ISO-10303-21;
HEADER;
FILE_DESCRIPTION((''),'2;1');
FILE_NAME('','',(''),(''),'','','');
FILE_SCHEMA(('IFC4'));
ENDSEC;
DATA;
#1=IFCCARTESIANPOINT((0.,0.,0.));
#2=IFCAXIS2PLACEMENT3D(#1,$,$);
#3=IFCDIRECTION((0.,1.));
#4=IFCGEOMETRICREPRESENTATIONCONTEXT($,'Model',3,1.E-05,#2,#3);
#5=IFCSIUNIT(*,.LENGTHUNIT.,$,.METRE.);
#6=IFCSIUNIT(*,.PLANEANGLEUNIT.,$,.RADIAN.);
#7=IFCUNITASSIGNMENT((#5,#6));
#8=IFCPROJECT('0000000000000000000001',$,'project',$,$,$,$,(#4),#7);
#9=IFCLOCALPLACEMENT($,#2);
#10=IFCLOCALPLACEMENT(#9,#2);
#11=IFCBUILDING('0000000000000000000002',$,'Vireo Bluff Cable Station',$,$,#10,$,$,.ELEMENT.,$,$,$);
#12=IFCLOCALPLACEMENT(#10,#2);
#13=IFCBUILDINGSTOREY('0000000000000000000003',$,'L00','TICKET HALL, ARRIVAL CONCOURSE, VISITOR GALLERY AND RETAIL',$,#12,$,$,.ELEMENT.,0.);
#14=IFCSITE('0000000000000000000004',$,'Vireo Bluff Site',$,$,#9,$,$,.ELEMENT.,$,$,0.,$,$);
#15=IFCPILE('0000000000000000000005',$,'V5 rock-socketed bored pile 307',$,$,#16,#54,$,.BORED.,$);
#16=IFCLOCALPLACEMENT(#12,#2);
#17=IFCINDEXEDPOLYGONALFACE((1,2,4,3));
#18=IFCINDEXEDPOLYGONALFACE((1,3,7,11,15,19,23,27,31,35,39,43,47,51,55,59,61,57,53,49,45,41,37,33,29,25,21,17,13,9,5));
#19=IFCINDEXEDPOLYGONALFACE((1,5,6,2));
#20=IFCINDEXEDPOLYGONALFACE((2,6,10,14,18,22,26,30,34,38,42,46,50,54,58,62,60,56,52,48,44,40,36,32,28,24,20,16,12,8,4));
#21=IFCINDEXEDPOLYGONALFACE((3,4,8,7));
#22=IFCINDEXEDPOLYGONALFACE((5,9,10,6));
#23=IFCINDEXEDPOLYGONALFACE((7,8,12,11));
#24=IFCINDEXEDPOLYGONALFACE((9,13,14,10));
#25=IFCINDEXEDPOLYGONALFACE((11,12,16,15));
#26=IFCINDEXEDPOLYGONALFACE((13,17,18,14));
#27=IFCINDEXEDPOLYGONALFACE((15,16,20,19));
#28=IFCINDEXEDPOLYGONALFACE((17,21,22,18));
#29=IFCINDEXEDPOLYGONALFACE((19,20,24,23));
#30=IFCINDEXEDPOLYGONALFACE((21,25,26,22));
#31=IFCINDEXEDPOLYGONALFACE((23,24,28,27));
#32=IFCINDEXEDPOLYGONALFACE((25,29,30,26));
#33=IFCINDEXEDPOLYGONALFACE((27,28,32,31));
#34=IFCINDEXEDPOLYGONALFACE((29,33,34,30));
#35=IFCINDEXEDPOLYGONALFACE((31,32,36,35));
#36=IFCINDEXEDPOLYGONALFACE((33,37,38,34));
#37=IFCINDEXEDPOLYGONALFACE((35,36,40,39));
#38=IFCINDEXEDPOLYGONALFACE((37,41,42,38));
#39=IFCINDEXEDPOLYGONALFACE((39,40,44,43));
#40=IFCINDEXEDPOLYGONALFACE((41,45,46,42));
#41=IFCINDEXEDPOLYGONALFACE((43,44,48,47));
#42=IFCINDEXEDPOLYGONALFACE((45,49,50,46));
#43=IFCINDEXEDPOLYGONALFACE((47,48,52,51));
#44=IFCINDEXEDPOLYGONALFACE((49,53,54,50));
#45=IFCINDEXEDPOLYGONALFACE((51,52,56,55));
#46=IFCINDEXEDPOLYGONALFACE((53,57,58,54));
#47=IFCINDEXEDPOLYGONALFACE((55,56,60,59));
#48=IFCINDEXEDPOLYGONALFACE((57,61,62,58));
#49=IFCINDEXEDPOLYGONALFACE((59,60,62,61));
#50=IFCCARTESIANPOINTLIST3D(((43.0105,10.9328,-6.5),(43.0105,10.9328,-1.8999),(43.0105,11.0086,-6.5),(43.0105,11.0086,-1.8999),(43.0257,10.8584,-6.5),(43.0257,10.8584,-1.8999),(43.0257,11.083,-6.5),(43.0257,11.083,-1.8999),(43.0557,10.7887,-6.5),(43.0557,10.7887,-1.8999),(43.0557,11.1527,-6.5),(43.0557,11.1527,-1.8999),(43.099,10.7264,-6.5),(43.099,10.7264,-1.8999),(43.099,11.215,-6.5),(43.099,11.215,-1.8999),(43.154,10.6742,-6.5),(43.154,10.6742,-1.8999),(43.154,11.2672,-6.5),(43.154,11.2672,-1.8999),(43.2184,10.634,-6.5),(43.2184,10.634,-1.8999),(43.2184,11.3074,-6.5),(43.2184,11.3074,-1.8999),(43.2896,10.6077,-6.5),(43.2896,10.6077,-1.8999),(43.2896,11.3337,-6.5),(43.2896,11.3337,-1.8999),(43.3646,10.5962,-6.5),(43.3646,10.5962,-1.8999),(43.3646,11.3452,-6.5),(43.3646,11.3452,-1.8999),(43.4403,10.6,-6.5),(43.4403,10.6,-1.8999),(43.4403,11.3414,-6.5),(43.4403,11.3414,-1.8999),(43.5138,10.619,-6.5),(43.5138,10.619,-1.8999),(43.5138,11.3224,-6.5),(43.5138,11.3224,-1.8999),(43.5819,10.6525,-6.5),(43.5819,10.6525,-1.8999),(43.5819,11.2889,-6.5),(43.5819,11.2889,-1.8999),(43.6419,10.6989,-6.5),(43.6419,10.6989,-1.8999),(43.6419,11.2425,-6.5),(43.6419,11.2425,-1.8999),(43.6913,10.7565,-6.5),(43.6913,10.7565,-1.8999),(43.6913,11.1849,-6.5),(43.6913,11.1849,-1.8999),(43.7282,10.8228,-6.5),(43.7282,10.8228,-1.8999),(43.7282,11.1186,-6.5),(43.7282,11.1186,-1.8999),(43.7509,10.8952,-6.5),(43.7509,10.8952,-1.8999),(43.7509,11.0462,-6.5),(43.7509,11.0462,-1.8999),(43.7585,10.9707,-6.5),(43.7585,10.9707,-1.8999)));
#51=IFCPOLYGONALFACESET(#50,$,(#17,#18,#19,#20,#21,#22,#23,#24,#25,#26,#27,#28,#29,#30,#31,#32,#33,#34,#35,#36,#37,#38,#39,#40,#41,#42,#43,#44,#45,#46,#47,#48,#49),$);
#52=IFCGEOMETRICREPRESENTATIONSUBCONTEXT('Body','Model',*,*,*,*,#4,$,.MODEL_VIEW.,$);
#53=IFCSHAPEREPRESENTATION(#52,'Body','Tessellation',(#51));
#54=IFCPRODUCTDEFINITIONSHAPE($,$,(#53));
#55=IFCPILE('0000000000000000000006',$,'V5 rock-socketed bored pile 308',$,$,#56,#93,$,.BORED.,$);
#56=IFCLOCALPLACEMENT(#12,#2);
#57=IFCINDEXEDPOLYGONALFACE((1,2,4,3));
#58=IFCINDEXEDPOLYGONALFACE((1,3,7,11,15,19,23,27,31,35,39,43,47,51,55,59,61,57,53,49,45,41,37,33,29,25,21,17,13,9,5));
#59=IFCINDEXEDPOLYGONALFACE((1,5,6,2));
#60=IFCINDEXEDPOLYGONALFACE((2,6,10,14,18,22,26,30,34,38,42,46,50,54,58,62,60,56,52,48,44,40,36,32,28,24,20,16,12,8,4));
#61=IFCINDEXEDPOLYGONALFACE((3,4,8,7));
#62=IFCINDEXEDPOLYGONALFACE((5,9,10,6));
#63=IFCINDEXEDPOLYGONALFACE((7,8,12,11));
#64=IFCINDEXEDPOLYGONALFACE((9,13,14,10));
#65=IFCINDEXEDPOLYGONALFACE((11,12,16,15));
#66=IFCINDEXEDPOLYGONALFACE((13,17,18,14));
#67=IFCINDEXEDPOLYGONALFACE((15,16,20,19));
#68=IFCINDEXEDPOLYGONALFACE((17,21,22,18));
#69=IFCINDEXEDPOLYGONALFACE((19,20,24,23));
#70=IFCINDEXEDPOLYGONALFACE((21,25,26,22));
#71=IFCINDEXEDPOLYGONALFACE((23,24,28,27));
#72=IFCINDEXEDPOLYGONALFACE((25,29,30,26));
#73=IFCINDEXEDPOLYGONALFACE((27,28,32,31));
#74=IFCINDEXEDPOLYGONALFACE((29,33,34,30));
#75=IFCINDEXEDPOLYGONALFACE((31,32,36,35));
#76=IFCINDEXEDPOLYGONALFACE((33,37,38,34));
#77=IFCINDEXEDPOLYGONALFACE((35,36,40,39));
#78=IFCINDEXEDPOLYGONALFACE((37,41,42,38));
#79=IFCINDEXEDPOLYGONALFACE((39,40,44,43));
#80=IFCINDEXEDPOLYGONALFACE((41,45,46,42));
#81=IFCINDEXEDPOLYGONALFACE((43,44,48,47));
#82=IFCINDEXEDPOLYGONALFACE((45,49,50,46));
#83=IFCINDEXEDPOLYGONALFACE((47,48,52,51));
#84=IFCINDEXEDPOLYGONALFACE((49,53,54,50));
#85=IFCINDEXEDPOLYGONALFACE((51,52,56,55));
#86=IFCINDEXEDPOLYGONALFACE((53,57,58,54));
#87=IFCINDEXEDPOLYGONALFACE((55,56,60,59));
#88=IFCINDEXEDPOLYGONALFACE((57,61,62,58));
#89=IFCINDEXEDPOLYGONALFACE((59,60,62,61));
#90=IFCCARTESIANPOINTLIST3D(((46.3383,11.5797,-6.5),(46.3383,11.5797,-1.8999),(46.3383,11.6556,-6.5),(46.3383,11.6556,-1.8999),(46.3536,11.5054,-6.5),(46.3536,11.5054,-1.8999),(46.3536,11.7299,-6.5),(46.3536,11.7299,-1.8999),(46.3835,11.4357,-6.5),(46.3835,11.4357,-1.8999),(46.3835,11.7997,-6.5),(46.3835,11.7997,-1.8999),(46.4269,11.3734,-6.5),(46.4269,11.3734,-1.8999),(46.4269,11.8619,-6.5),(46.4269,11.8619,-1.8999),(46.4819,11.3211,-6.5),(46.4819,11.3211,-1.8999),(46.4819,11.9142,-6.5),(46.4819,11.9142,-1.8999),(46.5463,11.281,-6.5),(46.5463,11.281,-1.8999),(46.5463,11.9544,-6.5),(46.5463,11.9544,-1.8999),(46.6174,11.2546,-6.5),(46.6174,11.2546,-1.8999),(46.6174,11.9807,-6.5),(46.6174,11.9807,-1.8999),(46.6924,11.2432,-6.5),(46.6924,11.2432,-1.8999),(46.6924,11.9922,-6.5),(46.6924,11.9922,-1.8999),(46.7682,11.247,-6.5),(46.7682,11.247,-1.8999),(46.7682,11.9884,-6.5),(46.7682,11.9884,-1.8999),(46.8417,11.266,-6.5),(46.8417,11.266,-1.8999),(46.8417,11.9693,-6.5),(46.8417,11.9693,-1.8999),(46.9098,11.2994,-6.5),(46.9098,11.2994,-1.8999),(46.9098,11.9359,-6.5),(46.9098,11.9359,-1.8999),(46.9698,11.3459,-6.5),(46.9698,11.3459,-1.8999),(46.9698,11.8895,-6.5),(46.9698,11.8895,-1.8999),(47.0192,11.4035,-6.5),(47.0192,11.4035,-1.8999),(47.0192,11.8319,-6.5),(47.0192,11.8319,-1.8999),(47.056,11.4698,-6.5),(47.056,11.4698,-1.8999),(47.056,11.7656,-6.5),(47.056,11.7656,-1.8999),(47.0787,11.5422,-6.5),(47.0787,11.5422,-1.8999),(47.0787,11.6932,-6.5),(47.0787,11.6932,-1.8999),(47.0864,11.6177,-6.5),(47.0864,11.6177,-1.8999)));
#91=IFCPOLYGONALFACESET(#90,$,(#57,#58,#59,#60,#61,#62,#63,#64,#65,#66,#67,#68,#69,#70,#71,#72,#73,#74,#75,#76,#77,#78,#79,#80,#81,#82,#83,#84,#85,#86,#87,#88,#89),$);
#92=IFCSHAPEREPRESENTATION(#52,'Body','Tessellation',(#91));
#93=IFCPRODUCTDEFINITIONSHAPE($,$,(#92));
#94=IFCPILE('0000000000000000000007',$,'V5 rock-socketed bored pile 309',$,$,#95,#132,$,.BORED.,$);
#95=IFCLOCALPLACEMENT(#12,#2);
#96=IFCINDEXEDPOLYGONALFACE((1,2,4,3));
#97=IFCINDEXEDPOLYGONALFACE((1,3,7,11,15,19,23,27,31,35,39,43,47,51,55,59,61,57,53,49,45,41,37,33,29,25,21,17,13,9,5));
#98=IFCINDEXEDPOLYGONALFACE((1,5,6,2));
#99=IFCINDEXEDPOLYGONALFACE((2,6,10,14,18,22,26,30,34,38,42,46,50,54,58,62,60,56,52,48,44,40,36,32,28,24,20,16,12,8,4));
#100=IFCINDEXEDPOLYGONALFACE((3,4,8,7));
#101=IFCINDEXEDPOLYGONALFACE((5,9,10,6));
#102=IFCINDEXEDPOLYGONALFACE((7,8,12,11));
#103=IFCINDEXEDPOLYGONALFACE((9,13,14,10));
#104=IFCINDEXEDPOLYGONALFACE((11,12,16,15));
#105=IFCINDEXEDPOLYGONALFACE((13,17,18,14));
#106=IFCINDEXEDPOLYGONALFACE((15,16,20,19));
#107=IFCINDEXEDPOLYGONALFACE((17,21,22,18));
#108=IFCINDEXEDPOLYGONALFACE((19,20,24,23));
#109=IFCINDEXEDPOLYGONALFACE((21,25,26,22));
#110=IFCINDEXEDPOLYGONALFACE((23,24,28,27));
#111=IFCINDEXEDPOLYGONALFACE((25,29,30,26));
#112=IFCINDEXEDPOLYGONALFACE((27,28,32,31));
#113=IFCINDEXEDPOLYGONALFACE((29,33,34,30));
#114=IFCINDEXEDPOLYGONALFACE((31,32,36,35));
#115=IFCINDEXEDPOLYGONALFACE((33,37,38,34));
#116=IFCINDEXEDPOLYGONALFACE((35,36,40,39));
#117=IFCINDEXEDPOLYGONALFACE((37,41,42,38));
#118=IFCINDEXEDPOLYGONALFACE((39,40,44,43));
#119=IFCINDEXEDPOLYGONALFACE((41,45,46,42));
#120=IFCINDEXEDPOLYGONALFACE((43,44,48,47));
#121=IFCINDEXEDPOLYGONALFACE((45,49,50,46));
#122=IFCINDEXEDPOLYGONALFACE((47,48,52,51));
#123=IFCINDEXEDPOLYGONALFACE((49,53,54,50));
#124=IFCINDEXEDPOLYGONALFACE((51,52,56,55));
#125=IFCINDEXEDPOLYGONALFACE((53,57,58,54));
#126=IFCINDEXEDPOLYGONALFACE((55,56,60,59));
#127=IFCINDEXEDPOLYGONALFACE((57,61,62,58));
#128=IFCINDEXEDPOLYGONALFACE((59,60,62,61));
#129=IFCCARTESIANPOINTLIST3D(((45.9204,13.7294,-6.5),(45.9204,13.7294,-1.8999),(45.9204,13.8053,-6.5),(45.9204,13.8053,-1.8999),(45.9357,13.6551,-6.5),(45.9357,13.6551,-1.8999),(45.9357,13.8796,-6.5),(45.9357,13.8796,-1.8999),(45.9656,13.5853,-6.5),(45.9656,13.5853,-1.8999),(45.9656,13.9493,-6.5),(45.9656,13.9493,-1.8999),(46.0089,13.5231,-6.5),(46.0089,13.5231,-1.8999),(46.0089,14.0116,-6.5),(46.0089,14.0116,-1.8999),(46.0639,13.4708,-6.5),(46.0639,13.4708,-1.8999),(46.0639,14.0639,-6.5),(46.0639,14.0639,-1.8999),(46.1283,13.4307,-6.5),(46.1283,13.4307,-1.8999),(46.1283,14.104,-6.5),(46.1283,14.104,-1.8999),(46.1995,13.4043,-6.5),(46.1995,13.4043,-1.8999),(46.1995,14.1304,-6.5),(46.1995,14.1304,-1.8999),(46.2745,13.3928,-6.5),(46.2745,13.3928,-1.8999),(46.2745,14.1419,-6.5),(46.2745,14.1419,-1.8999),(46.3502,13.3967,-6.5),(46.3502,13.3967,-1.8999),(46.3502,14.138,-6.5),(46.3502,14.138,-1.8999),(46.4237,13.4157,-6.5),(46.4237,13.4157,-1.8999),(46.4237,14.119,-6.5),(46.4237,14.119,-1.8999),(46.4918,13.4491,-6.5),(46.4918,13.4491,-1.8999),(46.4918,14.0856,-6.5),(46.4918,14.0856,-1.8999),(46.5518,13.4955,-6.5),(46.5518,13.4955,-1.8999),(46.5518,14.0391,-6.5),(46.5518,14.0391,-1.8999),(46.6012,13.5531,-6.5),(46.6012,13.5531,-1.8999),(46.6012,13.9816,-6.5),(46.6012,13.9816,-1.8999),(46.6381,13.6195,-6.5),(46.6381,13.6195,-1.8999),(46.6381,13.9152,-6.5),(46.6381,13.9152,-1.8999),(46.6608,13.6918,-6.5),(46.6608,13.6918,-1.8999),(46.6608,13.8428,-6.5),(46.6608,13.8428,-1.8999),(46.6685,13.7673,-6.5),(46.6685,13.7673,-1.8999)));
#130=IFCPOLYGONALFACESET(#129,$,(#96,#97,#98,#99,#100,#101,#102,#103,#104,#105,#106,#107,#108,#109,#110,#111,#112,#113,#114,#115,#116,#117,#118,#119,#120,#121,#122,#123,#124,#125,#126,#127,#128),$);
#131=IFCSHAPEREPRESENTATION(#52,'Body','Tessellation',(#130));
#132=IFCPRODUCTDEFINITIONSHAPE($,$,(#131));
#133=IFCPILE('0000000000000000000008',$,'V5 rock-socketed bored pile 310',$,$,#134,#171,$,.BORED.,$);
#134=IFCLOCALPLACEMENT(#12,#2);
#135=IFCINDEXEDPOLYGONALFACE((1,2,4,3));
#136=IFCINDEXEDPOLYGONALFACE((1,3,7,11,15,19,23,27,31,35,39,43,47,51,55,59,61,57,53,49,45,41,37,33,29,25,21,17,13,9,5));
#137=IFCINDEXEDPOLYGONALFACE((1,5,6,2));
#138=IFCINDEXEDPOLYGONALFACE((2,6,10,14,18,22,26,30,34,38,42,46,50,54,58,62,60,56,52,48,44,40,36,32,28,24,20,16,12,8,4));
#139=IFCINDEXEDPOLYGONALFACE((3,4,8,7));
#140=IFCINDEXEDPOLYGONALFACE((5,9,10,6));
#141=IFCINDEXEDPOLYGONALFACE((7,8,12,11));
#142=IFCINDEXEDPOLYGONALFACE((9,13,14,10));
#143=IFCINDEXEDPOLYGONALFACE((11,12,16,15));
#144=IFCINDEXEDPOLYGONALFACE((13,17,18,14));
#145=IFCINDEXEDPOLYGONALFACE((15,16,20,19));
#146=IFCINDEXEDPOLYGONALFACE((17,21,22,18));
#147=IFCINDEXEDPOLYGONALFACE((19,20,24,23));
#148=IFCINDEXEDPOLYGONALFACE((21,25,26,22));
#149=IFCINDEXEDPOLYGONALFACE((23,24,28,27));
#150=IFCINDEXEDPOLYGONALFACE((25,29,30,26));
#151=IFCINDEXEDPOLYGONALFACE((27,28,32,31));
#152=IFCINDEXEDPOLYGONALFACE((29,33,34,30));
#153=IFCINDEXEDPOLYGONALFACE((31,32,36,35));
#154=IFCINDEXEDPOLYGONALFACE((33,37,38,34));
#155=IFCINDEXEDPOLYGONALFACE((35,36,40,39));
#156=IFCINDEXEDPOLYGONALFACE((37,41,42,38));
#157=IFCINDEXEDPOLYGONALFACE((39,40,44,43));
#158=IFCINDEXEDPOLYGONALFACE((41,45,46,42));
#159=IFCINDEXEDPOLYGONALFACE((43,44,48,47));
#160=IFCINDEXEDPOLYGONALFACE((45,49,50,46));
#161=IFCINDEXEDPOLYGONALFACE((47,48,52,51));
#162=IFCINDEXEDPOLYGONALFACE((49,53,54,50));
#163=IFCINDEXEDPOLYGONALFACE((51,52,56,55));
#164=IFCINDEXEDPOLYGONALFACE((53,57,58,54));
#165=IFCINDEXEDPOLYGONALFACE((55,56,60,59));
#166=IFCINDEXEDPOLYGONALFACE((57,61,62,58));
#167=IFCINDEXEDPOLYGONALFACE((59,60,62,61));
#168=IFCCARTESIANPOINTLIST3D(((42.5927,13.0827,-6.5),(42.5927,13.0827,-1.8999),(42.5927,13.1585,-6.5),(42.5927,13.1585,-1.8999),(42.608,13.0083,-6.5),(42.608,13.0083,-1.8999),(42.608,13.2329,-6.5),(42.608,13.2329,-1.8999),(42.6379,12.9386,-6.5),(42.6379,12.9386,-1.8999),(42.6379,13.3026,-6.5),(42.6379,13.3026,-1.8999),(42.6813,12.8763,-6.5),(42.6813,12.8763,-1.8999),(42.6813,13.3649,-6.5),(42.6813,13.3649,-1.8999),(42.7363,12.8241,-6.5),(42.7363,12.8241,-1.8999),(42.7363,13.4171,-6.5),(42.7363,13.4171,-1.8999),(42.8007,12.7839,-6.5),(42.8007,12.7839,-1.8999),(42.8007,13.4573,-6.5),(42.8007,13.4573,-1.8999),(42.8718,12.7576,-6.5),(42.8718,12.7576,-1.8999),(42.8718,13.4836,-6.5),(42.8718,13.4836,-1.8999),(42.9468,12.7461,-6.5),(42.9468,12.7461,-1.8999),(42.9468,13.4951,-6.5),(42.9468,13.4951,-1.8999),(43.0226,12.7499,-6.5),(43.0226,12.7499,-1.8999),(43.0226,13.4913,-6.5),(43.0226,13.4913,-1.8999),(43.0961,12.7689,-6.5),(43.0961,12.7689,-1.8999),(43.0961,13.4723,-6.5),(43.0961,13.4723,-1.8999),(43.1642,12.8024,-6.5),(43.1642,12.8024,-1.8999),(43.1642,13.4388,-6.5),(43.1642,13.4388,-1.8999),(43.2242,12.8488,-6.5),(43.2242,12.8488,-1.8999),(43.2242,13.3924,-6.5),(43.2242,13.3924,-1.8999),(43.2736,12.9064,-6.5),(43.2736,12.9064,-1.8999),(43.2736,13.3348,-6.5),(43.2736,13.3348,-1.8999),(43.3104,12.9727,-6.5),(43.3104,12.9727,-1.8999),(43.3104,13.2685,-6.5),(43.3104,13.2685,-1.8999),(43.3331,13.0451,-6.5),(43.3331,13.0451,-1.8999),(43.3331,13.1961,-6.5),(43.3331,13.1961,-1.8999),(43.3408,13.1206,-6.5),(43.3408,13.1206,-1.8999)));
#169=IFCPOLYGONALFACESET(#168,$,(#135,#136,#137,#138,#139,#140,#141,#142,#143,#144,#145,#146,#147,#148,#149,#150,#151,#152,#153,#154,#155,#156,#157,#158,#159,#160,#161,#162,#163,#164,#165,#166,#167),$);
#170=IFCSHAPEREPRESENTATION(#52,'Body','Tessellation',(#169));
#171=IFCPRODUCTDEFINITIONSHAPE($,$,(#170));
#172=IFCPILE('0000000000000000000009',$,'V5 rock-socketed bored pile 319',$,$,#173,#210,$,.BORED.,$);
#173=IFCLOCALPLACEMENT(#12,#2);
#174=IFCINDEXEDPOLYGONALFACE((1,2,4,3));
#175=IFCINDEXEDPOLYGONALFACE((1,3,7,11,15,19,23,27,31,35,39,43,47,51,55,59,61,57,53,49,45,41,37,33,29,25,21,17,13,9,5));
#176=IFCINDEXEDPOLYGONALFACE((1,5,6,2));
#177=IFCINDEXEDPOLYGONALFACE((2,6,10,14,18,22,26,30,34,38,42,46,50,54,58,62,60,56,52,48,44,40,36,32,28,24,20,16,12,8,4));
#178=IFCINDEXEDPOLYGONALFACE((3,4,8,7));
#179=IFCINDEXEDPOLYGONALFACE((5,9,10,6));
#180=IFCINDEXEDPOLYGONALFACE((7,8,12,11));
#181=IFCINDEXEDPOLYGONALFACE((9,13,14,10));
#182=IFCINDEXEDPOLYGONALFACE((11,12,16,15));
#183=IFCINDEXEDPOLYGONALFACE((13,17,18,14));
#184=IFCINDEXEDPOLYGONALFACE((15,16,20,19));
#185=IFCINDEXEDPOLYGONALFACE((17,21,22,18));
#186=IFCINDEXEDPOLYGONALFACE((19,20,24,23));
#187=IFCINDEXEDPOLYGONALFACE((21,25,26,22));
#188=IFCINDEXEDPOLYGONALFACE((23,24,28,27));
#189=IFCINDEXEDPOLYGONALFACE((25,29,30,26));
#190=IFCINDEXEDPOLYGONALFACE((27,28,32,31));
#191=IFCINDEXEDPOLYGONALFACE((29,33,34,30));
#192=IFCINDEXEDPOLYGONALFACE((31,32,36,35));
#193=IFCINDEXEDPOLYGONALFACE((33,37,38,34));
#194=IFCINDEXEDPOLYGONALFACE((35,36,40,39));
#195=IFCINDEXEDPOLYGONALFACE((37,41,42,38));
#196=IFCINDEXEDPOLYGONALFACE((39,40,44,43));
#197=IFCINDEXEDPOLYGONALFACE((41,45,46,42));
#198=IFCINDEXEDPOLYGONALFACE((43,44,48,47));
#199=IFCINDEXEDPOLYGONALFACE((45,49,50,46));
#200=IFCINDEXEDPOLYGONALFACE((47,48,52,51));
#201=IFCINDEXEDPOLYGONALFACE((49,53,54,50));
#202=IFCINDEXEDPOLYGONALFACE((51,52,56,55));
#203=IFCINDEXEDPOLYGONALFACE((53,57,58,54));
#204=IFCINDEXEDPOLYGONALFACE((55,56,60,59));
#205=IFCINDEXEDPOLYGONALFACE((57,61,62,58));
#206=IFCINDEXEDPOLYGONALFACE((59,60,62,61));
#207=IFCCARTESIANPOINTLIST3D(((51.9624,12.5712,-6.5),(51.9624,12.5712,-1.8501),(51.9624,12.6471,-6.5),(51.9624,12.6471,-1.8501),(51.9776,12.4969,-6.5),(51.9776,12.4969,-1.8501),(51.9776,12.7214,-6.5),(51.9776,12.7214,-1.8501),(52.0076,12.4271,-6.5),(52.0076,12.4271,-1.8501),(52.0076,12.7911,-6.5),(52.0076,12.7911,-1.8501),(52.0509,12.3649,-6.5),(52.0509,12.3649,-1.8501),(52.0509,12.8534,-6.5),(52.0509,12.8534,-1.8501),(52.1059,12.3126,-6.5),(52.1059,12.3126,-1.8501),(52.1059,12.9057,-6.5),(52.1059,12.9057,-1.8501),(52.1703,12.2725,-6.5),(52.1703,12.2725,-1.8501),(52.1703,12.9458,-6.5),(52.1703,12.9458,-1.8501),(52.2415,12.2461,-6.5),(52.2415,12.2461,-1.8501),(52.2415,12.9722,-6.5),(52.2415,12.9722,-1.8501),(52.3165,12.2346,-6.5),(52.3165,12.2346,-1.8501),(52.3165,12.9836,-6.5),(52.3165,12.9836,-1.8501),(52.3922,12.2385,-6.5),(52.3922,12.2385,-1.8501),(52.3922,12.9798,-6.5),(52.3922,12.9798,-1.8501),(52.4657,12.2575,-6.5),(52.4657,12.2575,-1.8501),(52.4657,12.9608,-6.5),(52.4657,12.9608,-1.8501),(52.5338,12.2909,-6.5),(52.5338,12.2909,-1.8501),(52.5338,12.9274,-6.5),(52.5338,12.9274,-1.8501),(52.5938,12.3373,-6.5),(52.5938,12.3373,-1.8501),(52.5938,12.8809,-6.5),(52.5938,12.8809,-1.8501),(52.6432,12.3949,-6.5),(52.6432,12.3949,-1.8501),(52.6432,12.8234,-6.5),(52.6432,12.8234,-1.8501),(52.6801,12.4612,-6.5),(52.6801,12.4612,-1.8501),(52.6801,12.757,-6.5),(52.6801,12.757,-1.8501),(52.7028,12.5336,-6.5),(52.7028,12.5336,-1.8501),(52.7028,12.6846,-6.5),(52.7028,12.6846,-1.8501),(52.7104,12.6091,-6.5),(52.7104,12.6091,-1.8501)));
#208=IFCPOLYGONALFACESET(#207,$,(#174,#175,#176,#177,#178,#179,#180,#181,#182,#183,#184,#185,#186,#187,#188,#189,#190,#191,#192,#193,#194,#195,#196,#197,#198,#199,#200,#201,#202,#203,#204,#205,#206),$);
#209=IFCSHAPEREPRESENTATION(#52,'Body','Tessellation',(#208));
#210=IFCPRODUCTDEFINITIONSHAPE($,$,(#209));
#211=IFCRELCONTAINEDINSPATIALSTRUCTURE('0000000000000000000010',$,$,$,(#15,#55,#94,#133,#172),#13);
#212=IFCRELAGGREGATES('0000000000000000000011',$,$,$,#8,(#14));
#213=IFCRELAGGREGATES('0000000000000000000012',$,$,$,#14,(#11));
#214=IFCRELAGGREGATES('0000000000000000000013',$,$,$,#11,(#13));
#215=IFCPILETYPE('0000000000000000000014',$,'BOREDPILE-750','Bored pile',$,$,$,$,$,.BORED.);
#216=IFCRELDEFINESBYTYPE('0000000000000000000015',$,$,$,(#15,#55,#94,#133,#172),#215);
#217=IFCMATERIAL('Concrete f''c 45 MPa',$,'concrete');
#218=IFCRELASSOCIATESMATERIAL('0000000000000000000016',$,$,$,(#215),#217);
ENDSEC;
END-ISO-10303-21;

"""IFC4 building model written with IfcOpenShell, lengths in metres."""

from ifc_helpers import new_model, si_unit, direction, frame, origin, origin_2d, place, context, subcontext, project, spatial, circle, extrude, material, material_profile, profile_set, type_object, element, save


model = new_model("IFC4")

# Units and contexts
model_context = context("Model", 3, precision=1e-05, world=origin(), true_north=direction((0.0, 1.0)))
body_context = subcontext(model_context, "Body", "Model", "MODEL_VIEW")
ifc_project = project(units=[si_unit("LENGTHUNIT", "METRE"), si_unit("PLANEANGLEUNIT", "RADIAN")], contexts=[model_context])

# Site, building, storey
site_placement = place(None, origin())
site = spatial("IfcSite", under=ifc_project, at=site_placement, Name="Vireo Bluff Site", CompositionType="ELEMENT", RefElevation=0.0)
building_placement = place(site_placement, origin())
building = spatial("IfcBuilding", under=site, at=building_placement, Name="Vireo Bluff Cable Station", CompositionType="ELEMENT")
storey_placement = place(building_placement, origin())
storey = spatial("IfcBuildingStorey", under=building, at=storey_placement, Name="L00", Description="TICKET HALL, ARRIVAL CONCOURSE, VISITOR GALLERY AND RETAIL", CompositionType="ELEMENT", Elevation=0.0)

# Piles
ifc_material_1 = material(Name="Concrete f'c 45 MPa", Category="concrete")
ifc_material_profile_1 = material_profile(ifc_material_1, circle(Radius=0.375, at=origin_2d()), Name="BOREDPILE-750")
ifc_profile_set_1 = profile_set([ifc_material_profile_1], Name="Concrete f'c 45 MPa")
pile_type_1 = type_object("IfcPileType", Name="BOREDPILE-750", Description="Bored pile", PredefinedType="BORED", material=ifc_profile_set_1)
for number, where, z_axis, x_axis, name in (
    (1, (43.3835, 10.9707, -1.8999), (0.0, 0.0, -1.0), (1.0, 0.0, 0.0), "V5 rock-socketed bored pile 307"),
    (2, (46.7114, 11.6177, -1.8999), (0.0, 0.0, -1.0), (1.0, 0.0, 0.0), "V5 rock-socketed bored pile 308"),
    (3, (46.2935, 13.7673, -1.8999), (0.0, 0.0, -1.0), (1.0, 0.0, 0.0), "V5 rock-socketed bored pile 309"),
    (4, (42.9658, 13.1206, -1.8999), (0.0, 0.0, -1.0), (1.0, 0.0, 0.0), "V5 rock-socketed bored pile 310"),
):
    element("IfcPile", number, at=place(storey_placement, frame(where, z_axis=z_axis, x_axis=x_axis)), inside=storey, type_object=pile_type_1, Name=name, PredefinedType="BORED", context=body_context, shape_type="SweptSolid", body=[
        extrude(circle(Radius=0.375, at=origin_2d()), origin(), (0.0, 0.0, 1.0), 4.6001),
    ])
for number, where, z_axis, x_axis, name in (
    (5, (52.3354, 12.6091, -1.8501), (0.0, 0.0, -1.0), (1.0, 0.0, 0.0), "V5 rock-socketed bored pile 319"),
):
    element("IfcPile", number, at=place(storey_placement, frame(where, z_axis=z_axis, x_axis=x_axis)), inside=storey, type_object=pile_type_1, Name=name, PredefinedType="BORED", context=body_context, shape_type="SweptSolid", body=[
        extrude(circle(Radius=0.375, at=origin_2d()), origin(), (0.0, 0.0, 1.0), 4.6499),
    ])

save(model, "model.ifc")
